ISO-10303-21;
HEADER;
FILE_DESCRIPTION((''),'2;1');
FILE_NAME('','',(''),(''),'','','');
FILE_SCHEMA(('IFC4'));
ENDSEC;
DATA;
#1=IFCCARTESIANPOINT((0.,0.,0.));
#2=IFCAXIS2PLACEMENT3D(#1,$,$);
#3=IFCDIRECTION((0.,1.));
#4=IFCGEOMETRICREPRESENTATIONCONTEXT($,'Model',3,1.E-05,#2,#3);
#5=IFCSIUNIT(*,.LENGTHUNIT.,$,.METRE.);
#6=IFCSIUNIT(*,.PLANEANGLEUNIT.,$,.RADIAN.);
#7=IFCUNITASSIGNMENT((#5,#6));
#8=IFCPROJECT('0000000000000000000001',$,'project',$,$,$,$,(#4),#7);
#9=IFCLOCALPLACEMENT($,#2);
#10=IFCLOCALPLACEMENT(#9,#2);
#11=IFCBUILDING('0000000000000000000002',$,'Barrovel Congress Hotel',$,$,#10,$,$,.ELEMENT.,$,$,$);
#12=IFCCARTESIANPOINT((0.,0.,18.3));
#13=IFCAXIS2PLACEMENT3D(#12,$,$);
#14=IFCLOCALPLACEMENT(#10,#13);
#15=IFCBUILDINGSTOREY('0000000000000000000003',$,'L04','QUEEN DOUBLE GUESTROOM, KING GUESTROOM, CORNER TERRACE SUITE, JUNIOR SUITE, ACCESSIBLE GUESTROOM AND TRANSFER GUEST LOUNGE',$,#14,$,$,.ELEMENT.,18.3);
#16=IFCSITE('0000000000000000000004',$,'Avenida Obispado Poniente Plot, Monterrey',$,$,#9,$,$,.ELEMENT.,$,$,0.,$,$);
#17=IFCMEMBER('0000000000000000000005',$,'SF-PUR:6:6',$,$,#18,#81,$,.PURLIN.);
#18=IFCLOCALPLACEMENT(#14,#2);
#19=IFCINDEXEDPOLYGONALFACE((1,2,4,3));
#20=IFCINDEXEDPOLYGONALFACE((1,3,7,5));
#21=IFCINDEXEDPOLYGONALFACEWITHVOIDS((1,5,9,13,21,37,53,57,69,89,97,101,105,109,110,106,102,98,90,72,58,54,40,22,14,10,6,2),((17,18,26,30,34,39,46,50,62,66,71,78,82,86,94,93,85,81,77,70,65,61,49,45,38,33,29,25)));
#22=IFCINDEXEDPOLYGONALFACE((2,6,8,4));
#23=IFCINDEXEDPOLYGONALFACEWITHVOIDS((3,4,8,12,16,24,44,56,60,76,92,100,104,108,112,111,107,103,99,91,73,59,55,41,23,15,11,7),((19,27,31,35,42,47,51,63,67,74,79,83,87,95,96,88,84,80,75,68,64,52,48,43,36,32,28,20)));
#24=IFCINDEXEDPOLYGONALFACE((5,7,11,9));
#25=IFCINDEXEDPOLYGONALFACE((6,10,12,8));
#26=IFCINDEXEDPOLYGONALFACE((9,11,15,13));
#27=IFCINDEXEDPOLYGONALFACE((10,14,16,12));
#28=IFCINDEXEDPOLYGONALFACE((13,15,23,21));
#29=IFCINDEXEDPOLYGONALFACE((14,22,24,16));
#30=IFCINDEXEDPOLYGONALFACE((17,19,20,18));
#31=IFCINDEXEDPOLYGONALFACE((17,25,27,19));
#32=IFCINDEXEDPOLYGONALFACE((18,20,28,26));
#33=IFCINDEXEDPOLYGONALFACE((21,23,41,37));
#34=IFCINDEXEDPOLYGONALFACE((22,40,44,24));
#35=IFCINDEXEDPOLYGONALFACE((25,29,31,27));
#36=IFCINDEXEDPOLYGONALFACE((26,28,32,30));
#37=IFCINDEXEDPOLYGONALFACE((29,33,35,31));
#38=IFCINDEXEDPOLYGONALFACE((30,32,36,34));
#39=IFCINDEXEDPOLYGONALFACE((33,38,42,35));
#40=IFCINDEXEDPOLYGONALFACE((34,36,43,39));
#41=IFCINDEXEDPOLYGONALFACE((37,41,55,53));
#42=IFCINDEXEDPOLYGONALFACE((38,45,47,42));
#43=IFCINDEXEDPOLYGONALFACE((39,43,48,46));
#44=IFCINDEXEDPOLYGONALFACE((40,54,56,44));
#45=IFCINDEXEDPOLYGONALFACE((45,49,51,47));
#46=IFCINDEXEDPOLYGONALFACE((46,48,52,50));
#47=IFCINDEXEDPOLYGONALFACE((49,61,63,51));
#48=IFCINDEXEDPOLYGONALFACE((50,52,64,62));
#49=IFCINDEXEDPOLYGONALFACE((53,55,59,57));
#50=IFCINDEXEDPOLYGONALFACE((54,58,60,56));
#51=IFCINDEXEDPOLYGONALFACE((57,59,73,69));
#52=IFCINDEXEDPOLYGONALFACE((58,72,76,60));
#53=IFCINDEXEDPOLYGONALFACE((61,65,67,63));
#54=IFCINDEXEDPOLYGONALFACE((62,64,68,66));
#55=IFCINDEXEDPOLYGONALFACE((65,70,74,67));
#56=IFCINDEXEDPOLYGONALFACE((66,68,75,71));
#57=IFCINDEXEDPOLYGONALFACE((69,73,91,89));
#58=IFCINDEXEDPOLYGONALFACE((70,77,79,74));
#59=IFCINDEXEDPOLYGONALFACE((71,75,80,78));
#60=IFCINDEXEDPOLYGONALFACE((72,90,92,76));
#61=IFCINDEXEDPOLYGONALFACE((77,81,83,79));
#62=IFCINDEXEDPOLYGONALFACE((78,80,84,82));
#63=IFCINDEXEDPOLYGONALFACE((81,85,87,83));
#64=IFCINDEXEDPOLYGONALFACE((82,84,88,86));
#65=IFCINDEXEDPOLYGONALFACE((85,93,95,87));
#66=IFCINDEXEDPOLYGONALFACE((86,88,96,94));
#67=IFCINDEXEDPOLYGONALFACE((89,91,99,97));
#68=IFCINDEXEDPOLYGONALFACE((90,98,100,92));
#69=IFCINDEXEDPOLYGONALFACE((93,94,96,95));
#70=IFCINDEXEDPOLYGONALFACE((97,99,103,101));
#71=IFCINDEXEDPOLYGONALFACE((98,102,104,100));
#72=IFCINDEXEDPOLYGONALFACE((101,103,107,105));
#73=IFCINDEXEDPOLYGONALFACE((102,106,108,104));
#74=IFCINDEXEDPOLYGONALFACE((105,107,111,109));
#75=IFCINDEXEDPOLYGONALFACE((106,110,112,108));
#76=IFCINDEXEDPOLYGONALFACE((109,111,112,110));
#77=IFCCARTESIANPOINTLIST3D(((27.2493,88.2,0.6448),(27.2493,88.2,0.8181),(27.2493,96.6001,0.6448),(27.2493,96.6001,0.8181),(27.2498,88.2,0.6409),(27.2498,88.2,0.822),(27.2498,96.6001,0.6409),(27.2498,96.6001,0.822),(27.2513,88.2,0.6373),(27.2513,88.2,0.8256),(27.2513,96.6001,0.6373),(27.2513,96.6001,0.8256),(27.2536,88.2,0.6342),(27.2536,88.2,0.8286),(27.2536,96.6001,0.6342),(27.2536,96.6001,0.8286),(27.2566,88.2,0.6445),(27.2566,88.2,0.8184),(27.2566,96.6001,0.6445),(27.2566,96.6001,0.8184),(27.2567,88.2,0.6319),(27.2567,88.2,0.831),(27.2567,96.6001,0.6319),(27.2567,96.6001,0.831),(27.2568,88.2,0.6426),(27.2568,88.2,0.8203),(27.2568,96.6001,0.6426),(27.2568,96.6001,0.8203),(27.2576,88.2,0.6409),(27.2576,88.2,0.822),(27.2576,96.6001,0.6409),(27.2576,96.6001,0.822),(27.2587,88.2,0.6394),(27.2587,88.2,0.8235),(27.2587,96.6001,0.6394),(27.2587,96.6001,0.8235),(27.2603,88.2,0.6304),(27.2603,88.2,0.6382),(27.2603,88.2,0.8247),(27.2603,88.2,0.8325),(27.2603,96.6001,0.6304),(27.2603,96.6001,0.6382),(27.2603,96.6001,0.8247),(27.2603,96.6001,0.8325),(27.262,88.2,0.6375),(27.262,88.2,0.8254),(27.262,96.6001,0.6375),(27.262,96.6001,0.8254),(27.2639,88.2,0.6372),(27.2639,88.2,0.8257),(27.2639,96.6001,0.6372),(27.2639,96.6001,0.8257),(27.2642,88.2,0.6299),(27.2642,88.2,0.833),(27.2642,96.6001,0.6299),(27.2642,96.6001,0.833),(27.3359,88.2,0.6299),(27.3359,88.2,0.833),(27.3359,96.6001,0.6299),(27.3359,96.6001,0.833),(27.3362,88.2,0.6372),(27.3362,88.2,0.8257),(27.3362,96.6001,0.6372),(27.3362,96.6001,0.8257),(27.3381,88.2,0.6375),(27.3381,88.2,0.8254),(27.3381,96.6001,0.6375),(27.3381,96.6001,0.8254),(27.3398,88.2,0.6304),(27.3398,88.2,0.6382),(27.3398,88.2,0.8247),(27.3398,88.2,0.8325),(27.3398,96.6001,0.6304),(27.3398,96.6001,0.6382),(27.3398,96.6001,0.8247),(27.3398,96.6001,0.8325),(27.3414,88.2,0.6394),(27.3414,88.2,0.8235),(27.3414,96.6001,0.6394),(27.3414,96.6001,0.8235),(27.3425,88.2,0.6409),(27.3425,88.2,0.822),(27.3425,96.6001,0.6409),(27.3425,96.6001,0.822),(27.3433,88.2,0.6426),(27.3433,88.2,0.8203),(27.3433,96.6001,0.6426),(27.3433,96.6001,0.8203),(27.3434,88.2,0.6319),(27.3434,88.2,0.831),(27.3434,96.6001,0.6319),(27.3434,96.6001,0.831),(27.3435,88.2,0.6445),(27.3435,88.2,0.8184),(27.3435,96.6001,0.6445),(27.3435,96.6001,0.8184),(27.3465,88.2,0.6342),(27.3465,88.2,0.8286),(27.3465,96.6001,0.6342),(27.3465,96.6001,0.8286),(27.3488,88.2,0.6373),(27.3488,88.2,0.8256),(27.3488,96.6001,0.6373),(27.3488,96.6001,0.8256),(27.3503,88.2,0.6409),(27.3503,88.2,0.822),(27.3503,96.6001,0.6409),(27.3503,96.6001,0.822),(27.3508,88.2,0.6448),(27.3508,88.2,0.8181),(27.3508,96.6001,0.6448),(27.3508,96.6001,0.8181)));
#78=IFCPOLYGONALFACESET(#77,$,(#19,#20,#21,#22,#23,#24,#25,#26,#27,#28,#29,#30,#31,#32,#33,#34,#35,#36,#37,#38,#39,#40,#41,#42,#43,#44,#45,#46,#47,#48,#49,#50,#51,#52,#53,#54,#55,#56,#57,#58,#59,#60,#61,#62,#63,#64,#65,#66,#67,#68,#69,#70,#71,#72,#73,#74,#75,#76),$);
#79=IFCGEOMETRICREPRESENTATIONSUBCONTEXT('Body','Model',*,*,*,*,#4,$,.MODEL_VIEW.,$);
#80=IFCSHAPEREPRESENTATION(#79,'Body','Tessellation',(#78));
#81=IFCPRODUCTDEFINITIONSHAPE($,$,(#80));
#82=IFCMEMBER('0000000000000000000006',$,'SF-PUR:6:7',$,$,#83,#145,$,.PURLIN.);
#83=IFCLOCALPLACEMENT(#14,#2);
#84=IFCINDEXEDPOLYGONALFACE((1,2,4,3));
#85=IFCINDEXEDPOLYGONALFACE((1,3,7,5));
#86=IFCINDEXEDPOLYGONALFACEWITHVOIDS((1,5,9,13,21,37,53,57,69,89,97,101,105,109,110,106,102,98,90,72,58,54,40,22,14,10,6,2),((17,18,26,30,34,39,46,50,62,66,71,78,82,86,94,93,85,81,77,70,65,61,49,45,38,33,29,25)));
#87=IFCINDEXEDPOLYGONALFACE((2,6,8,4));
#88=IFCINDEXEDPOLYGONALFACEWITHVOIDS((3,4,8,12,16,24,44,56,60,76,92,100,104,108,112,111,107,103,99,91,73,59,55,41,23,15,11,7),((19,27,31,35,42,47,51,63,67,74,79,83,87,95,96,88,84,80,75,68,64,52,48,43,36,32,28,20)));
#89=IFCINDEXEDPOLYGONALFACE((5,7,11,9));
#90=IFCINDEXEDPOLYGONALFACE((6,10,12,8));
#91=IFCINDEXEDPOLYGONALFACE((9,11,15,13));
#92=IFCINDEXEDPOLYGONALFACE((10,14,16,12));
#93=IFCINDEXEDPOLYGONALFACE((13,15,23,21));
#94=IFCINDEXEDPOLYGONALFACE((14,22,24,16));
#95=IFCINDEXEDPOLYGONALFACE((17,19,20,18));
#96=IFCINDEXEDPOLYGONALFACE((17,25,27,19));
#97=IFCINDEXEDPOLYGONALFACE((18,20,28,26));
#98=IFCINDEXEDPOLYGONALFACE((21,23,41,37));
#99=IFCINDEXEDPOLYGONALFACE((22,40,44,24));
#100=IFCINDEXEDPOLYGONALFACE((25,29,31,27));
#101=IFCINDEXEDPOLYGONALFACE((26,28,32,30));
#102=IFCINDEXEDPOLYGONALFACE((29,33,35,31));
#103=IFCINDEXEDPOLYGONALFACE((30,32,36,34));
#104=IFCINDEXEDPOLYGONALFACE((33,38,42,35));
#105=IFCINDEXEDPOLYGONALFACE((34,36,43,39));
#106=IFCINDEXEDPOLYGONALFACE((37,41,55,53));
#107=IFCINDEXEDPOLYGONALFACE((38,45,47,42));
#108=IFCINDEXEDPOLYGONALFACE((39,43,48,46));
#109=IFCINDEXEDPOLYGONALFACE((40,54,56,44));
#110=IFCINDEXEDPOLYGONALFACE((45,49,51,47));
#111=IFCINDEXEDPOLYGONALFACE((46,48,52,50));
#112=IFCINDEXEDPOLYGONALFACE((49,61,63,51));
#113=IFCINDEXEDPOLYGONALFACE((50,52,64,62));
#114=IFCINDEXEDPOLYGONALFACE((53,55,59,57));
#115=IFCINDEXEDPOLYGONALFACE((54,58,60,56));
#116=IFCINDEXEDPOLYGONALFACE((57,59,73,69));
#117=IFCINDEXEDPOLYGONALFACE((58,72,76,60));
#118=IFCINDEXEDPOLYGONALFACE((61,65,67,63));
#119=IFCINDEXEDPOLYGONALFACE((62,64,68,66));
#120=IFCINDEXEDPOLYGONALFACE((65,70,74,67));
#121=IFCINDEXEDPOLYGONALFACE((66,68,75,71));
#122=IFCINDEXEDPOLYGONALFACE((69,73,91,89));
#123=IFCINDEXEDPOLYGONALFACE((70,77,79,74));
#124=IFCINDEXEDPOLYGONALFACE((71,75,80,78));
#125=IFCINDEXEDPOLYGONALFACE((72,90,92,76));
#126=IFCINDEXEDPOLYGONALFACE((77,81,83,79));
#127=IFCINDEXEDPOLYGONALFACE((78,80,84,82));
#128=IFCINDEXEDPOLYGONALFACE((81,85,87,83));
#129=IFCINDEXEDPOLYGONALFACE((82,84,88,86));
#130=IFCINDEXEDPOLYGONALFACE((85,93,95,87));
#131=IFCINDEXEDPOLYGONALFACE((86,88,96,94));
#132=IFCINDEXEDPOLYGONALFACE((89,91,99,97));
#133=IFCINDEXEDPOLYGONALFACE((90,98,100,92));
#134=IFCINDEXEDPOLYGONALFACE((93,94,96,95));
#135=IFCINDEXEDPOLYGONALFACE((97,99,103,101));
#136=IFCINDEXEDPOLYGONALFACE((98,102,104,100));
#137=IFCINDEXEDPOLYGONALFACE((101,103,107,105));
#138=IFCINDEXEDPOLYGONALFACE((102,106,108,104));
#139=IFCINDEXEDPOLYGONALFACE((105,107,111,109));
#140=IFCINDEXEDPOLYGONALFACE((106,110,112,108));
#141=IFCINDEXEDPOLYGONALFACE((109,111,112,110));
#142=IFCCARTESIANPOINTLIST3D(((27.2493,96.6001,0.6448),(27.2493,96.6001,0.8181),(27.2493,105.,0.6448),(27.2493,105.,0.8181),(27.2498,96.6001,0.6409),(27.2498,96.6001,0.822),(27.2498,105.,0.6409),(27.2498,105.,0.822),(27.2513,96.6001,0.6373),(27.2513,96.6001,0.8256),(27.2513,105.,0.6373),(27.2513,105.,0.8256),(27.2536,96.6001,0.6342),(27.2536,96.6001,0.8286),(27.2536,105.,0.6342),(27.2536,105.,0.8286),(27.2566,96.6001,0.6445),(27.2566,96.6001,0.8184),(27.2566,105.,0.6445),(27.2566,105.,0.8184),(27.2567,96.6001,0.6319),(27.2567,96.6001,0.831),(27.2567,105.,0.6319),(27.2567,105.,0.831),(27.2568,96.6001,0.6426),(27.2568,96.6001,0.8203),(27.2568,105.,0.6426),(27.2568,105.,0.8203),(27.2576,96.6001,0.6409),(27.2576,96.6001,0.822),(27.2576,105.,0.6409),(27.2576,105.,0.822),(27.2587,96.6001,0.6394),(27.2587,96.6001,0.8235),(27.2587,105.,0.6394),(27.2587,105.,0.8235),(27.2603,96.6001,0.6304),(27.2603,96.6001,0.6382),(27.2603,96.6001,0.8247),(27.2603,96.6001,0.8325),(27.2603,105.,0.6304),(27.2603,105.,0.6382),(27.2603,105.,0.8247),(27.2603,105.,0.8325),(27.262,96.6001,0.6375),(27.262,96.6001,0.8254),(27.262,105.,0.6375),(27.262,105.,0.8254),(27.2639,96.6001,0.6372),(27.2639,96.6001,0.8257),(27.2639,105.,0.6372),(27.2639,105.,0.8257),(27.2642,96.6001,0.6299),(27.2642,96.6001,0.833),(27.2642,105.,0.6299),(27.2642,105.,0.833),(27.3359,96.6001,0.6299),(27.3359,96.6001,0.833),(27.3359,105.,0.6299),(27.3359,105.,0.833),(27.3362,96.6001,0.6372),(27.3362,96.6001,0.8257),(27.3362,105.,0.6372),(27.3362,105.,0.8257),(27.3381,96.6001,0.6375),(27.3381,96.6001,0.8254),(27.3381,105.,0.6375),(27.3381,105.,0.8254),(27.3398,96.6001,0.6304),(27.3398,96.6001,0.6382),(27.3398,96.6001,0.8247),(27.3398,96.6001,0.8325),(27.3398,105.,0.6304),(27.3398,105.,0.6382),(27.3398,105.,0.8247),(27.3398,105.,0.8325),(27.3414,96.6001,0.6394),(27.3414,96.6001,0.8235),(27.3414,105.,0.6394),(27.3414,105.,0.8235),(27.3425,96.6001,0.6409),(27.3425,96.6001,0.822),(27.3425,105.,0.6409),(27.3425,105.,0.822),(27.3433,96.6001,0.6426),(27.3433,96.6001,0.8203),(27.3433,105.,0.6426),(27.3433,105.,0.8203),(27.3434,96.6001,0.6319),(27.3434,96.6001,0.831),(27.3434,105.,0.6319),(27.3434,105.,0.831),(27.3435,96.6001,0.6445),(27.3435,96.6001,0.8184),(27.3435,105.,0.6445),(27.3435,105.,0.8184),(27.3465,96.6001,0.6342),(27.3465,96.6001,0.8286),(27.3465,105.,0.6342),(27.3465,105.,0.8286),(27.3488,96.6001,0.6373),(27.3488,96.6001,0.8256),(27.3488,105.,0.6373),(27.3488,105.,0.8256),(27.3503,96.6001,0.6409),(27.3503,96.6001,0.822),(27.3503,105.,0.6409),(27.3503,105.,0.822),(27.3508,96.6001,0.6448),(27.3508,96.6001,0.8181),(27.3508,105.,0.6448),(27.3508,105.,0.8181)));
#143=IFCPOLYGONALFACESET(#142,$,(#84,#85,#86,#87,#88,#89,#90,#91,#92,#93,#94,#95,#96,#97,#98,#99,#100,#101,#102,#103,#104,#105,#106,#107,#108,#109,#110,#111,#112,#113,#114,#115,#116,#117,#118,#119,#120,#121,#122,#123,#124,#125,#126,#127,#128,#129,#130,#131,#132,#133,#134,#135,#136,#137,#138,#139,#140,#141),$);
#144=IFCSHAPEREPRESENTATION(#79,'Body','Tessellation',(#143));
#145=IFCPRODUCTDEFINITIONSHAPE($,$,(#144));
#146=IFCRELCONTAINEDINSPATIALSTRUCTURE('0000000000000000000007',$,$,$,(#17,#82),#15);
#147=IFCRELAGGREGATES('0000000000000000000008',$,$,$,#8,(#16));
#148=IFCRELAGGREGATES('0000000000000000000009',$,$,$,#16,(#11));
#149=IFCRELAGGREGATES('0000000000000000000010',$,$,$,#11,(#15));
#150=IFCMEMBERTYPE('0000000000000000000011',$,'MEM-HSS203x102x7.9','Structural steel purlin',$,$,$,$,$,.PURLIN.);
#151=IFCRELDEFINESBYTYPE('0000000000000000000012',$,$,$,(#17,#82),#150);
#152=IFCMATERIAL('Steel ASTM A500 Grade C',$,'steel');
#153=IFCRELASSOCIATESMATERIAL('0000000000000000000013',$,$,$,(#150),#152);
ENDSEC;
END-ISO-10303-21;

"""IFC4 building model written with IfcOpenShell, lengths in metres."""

from ifc_helpers import new_model, si_unit, direction, frame, origin, origin_2d, place, context, subcontext, project, spatial, hollow_rectangle, extrude, material, material_profile, profile_set, type_object, element, save


model = new_model("IFC4")

# Units and contexts
model_context = context("Model", 3, precision=1e-05, world=origin(), true_north=direction((0.0, 1.0)))
body_context = subcontext(model_context, "Body", "Model", "MODEL_VIEW")
ifc_project = project(units=[si_unit("LENGTHUNIT", "METRE"), si_unit("PLANEANGLEUNIT", "RADIAN")], contexts=[model_context])

# Site, building, storey
site_placement = place(None, origin())
site = spatial("IfcSite", under=ifc_project, at=site_placement, Name="Avenida Obispado Poniente Plot, Monterrey", CompositionType="ELEMENT", RefElevation=0.0)
building_placement = place(site_placement, origin())
building = spatial("IfcBuilding", under=site, at=building_placement, Name="Barrovel Congress Hotel", CompositionType="ELEMENT")
storey_placement = place(building_placement, frame((0.0, 0.0, 18.3)))
storey = spatial("IfcBuildingStorey", under=building, at=storey_placement, Name="L04", Description="QUEEN DOUBLE GUESTROOM, KING GUESTROOM, CORNER TERRACE SUITE, JUNIOR SUITE, ACCESSIBLE GUESTROOM AND TRANSFER GUEST LOUNGE", CompositionType="ELEMENT", Elevation=18.3)

# Members
ifc_material_1 = material(Name="Steel ASTM A500 Grade C", Category="steel")
ifc_material_profile_1 = material_profile(ifc_material_1, hollow_rectangle(XDim=0.1016, YDim=0.2031, WallThickness=0.0073, InnerFilletRadius=0.0073, OuterFilletRadius=0.0149, at=origin_2d()), Name="HSS203x102x7.9")
ifc_profile_set_1 = profile_set([ifc_material_profile_1], Name="Steel ASTM A500 Grade C")
member_type_1 = type_object("IfcMemberType", Name="MEM-HSS203x102x7.9", Description="Structural steel purlin", PredefinedType="PURLIN", material=ifc_profile_set_1)
member_1_placement = place(storey_placement, frame((27.3, 88.2, 0.7314), z_axis=(0.0, 1.0, 0.0), x_axis=(-1.0, 0.0, 0.0)))
element("IfcMember", 1, at=member_1_placement, inside=storey, type_object=member_type_1, Name="SF-PUR:6:6", PredefinedType="PURLIN", context=body_context, shape_type="SweptSolid", body=[
    extrude(hollow_rectangle(XDim=0.1016, YDim=0.2031, WallThickness=0.0073, InnerFilletRadius=0.0073, OuterFilletRadius=0.0149, at=origin_2d()), origin(), (0.0, 0.0, 1.0), 8.4001),
])
member_2_placement = place(storey_placement, frame((27.3, 96.6001, 0.7314), z_axis=(0.0, 1.0, 0.0), x_axis=(-1.0, 0.0, 0.0)))
element("IfcMember", 2, at=member_2_placement, inside=storey, type_object=member_type_1, Name="SF-PUR:6:7", PredefinedType="PURLIN", context=body_context, shape_type="SweptSolid", body=[
    extrude(hollow_rectangle(XDim=0.1016, YDim=0.2031, WallThickness=0.0073, InnerFilletRadius=0.0073, OuterFilletRadius=0.0149, at=origin_2d()), origin(), (0.0, 0.0, 1.0), 8.3999),
])

save(model, "model.ifc")
